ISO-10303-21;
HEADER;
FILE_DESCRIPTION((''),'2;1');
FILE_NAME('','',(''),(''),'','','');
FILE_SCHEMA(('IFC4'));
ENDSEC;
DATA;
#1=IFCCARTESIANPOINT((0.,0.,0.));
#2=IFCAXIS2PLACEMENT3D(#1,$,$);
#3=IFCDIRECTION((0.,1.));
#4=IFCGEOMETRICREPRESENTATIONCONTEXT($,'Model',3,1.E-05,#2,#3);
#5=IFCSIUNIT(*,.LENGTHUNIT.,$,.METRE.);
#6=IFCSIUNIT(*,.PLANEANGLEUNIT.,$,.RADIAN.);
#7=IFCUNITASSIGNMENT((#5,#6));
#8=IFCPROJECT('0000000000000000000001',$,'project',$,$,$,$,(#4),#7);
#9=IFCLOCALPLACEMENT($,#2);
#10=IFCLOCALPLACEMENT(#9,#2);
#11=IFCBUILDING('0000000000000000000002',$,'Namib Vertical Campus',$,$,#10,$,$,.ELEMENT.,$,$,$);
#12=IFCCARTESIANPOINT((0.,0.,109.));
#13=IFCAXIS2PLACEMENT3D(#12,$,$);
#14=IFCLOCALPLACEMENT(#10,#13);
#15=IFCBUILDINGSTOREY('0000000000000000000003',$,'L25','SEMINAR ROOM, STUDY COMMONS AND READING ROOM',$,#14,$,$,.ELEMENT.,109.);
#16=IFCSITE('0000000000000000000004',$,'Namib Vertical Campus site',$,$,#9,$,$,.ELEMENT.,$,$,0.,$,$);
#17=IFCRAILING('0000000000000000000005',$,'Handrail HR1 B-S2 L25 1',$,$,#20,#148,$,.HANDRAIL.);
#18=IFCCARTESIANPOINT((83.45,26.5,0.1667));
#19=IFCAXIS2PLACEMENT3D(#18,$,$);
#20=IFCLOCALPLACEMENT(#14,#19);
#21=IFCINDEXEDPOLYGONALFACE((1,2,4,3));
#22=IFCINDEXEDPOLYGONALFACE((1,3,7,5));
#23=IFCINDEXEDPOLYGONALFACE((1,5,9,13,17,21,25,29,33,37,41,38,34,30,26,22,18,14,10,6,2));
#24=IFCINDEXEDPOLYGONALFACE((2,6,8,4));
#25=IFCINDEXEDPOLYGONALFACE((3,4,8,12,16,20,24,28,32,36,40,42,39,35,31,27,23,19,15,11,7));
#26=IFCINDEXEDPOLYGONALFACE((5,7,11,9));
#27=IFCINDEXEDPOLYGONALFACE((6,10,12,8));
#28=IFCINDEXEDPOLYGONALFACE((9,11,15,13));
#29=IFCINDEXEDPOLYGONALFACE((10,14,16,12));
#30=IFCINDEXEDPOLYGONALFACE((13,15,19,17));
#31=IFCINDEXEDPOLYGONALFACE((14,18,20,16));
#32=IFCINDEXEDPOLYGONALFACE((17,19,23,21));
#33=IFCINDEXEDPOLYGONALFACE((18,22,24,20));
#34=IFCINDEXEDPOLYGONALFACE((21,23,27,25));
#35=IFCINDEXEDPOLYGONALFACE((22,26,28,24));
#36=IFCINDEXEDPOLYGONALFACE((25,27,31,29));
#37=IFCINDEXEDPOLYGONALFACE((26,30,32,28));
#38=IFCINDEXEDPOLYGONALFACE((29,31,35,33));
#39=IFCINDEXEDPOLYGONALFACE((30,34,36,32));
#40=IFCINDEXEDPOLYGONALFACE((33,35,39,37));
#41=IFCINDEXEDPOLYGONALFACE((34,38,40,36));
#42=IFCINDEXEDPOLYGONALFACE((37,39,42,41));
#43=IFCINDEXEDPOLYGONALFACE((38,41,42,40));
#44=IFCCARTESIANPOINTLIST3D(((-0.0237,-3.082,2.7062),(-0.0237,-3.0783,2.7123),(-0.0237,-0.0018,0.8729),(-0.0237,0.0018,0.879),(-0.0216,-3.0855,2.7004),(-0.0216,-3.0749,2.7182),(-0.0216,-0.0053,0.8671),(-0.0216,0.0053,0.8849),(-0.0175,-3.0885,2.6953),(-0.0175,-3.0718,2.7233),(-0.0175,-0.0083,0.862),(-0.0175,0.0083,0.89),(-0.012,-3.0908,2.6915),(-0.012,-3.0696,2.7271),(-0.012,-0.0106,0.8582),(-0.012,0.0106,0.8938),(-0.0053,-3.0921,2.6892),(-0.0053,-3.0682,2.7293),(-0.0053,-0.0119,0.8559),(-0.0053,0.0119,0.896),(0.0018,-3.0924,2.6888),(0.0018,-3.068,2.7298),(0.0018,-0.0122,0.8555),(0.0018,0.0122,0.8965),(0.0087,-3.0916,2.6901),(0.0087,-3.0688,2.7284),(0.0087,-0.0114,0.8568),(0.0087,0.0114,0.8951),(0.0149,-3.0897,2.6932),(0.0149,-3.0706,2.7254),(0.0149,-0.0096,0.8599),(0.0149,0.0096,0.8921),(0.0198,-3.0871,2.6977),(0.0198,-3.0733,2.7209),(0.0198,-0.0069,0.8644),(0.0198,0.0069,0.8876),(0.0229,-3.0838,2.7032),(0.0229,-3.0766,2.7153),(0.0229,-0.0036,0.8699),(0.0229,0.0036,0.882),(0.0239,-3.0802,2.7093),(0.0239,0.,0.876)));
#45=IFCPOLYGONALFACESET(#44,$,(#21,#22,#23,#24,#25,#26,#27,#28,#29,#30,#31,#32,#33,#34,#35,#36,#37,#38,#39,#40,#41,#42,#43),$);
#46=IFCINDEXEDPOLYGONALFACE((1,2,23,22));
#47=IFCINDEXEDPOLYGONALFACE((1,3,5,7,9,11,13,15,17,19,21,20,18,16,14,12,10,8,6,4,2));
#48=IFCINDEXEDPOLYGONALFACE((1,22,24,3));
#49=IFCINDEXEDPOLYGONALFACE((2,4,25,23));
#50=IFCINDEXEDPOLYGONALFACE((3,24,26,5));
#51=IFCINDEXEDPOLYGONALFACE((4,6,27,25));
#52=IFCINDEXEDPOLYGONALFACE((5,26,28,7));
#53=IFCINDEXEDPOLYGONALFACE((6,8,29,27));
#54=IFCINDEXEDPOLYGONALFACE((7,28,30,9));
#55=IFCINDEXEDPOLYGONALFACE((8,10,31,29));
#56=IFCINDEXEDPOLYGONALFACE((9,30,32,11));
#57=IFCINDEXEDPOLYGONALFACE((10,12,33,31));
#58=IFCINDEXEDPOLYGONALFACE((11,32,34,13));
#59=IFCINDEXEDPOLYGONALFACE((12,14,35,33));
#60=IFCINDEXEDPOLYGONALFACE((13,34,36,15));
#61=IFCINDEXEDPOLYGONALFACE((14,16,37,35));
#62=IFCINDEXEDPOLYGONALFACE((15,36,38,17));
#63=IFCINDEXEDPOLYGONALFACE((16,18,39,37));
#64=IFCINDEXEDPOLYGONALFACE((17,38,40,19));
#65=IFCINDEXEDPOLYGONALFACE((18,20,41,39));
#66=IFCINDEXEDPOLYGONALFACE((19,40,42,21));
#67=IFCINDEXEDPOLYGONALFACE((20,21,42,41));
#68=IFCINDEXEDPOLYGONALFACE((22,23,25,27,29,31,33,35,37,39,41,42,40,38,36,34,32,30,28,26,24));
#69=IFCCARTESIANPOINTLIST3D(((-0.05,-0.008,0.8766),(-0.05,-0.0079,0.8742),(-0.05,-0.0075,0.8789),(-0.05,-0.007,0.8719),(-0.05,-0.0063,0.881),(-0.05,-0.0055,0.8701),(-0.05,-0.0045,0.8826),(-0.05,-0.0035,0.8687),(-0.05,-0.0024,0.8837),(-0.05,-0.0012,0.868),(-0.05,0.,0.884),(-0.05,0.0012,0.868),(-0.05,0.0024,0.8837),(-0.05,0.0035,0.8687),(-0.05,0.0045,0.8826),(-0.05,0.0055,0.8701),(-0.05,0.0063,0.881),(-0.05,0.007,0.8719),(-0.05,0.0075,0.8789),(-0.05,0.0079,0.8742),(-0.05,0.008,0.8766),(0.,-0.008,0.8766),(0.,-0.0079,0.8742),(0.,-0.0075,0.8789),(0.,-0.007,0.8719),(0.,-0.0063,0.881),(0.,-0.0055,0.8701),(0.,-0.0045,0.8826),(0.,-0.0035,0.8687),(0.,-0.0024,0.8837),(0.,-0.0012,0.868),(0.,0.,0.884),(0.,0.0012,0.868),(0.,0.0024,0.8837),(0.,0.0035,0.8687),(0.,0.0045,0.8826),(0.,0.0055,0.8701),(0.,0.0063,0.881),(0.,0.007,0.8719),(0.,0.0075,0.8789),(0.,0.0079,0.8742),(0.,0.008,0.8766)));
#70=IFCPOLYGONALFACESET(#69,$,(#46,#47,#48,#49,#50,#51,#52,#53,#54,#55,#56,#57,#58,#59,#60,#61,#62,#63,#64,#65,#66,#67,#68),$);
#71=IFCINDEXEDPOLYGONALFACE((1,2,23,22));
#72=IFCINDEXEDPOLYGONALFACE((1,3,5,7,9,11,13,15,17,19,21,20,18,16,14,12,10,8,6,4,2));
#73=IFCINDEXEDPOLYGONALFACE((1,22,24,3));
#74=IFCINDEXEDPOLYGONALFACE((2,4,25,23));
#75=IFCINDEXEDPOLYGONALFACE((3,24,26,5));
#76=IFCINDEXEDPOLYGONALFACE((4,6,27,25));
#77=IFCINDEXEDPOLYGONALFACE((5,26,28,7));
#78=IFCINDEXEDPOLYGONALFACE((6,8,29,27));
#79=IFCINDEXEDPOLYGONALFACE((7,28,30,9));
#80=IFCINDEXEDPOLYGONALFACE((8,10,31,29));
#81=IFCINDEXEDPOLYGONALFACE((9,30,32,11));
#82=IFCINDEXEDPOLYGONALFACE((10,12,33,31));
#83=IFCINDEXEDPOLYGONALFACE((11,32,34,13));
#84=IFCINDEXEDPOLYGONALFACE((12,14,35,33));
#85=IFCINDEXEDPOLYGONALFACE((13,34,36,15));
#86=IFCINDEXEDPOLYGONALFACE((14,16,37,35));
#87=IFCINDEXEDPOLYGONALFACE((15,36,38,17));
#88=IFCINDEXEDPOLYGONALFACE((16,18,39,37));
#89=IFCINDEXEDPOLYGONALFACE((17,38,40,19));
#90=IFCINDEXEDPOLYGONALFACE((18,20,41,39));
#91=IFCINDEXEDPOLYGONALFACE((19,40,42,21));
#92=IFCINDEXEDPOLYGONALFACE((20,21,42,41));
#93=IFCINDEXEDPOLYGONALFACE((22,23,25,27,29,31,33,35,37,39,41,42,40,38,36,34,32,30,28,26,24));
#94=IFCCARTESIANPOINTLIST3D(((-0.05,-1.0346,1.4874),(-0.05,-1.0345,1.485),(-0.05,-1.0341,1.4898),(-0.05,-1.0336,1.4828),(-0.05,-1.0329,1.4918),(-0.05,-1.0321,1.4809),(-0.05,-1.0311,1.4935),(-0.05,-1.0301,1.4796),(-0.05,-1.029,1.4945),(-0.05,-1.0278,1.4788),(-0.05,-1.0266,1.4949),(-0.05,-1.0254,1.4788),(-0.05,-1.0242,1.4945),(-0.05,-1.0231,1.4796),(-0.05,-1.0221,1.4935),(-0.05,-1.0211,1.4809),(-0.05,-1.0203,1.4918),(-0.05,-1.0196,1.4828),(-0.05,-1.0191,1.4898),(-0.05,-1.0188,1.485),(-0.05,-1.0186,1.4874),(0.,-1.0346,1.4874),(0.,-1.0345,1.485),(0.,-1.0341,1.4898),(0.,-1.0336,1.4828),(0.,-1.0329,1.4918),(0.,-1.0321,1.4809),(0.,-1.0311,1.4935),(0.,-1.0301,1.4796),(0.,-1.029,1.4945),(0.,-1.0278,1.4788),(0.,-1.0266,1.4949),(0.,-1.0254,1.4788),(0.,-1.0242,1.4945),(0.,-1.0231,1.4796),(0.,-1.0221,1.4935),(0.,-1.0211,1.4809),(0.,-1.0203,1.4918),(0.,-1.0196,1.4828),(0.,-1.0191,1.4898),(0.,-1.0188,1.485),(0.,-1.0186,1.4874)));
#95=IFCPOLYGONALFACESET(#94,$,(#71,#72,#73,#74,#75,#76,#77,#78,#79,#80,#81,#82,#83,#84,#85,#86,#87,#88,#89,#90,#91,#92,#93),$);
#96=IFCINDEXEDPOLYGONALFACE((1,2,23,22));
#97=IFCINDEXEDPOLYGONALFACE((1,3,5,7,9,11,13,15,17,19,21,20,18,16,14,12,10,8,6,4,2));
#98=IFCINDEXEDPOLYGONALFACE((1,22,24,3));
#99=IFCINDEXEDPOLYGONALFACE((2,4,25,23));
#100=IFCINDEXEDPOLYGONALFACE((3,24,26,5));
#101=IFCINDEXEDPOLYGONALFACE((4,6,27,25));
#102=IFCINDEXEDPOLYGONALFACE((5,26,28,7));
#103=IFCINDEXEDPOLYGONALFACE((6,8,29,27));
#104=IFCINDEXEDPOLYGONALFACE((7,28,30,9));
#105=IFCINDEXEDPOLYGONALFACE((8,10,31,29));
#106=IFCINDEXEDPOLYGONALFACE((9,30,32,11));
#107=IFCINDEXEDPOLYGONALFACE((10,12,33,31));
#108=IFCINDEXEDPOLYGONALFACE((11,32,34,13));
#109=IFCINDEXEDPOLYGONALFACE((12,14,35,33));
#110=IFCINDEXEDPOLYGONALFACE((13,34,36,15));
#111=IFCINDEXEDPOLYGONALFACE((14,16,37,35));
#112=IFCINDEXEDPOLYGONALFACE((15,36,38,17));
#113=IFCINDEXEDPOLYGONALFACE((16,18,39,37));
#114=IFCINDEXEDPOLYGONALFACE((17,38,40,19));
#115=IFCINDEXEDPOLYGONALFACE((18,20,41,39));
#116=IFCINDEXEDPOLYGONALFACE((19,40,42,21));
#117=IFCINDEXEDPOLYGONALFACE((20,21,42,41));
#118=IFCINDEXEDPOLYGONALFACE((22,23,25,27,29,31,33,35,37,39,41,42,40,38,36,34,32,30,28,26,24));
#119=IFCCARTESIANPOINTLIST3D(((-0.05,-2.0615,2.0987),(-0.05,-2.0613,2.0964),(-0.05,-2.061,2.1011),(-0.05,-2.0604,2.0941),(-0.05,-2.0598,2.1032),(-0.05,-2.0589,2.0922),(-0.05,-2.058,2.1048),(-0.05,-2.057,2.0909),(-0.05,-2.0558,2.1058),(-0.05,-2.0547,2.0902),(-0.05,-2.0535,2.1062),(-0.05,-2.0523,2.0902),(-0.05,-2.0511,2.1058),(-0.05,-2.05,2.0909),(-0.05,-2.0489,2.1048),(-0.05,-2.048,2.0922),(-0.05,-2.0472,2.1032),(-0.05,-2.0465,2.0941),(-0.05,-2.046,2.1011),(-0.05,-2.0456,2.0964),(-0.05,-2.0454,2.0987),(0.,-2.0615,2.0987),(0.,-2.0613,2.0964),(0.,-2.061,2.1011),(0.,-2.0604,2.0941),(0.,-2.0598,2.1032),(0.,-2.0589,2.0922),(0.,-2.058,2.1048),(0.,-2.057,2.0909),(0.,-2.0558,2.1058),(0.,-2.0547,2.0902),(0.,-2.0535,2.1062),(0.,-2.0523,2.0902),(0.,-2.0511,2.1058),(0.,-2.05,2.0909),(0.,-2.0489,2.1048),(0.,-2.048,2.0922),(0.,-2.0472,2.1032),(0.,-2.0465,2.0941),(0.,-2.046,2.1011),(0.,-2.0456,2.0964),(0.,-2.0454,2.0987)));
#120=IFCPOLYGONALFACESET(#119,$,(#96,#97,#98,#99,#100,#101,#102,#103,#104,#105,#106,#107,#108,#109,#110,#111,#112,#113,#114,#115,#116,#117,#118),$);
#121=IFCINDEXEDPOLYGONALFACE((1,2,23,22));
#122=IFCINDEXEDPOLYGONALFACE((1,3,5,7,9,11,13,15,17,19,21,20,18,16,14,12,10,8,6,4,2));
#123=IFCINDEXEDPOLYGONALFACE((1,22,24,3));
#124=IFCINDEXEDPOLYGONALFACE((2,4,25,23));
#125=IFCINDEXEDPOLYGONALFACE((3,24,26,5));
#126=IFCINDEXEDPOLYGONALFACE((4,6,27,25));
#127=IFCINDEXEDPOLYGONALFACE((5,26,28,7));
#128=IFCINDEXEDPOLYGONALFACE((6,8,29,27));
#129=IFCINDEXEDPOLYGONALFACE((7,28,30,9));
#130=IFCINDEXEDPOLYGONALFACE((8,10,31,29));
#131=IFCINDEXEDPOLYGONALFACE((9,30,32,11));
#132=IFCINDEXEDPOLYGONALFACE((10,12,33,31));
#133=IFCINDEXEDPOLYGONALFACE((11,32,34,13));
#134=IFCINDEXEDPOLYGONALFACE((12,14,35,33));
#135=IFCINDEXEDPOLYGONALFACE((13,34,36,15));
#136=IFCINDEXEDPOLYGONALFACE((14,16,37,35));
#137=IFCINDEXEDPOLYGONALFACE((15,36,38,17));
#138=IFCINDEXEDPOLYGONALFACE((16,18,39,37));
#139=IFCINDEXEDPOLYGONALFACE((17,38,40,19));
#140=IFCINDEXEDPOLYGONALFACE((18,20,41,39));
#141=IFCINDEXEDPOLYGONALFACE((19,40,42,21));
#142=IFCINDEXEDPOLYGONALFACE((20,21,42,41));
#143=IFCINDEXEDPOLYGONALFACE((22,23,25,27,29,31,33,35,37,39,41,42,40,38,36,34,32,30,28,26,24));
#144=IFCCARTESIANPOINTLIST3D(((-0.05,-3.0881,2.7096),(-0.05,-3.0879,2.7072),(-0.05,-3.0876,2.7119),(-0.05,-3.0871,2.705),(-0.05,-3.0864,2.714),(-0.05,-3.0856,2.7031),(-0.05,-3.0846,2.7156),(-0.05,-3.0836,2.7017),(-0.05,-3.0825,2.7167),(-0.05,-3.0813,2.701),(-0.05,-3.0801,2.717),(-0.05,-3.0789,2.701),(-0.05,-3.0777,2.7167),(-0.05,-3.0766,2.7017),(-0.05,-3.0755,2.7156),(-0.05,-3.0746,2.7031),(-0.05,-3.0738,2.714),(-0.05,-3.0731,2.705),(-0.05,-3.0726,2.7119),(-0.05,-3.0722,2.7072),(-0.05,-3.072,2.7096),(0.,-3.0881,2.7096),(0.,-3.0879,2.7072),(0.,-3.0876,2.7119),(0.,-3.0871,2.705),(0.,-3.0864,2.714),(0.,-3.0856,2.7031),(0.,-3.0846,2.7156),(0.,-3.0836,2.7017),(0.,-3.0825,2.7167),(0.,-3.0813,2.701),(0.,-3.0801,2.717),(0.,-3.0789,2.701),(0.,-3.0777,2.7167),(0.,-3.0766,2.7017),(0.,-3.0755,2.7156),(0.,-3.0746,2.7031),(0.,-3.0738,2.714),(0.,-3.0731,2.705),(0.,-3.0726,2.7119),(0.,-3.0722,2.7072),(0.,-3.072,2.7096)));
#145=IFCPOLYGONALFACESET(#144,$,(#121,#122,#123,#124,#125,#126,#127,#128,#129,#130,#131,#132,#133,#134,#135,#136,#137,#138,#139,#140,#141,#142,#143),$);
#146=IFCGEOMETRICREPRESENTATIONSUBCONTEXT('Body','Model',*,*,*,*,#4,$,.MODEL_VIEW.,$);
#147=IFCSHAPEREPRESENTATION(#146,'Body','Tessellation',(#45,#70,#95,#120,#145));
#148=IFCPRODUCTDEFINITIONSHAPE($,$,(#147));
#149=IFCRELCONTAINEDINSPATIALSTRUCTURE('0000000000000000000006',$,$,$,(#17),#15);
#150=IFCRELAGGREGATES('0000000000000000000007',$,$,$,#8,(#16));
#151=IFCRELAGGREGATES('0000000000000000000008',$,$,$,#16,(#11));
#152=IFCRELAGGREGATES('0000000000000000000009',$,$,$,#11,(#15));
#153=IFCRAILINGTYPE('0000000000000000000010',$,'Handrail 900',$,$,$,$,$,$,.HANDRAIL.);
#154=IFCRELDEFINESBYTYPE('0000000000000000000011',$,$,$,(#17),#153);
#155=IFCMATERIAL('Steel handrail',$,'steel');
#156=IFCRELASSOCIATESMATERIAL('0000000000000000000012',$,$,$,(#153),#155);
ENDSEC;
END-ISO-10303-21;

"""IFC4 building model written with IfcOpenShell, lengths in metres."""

from ifc_helpers import new_model, si_unit, direction, frame, origin, origin_2d, place, context, subcontext, project, spatial, circle, extrude, material, type_object, element, save


model = new_model("IFC4")

# Units and contexts
model_context = context("Model", 3, precision=1e-05, world=origin(), true_north=direction((0.0, 1.0)))
body_context = subcontext(model_context, "Body", "Model", "MODEL_VIEW")
ifc_project = project(units=[si_unit("LENGTHUNIT", "METRE"), si_unit("PLANEANGLEUNIT", "RADIAN")], contexts=[model_context])

# Site, building, storey
site_placement = place(None, origin())
site = spatial("IfcSite", under=ifc_project, at=site_placement, Name="Namib Vertical Campus site", CompositionType="ELEMENT", RefElevation=0.0)
building_placement = place(site_placement, origin())
building = spatial("IfcBuilding", under=site, at=building_placement, Name="Namib Vertical Campus", CompositionType="ELEMENT")
storey_placement = place(building_placement, frame((0.0, 0.0, 109.0)))
storey = spatial("IfcBuildingStorey", under=building, at=storey_placement, Name="L25", Description="SEMINAR ROOM, STUDY COMMONS AND READING ROOM", CompositionType="ELEMENT", Elevation=109.0)

# Railing
ifc_material_1 = material(Name="Steel handrail", Category="steel")
railing_type_1 = type_object("IfcRailingType", Name="Handrail 900", PredefinedType="HANDRAIL", material=ifc_material_1)
railing_1_placement = place(storey_placement, frame((83.45, 26.5, 0.1667)))
element("IfcRailing", 1, at=railing_1_placement, inside=storey, type_object=railing_type_1, Name="Handrail HR1 B-S2 L25 1", PredefinedType="HANDRAIL", context=body_context, shape_type="SweptSolid", body=[
    extrude(circle(Radius=0.0239, at=origin_2d()), frame((0.0, 0.0, 0.876), z_axis=(0.0, -0.859309, 0.511458), x_axis=(1.0, 0.0, 0.0)), (0.0, 0.0, 1.0), 3.5845),
    extrude(circle(Radius=0.0081, at=origin_2d()), frame((0.0, 0.0, 0.876), z_axis=(-1.0, 0.0, 0.0), x_axis=(0.0, 0.0, 1.0)), (0.0, 0.0, 1.0), 0.05),
    extrude(circle(Radius=0.0081, at=origin_2d()), frame((0.0, -1.0266, 1.4868), z_axis=(-1.0, 0.0, 0.0), x_axis=(0.0, 0.0, 1.0)), (0.0, 0.0, 1.0), 0.05),
    extrude(circle(Radius=0.0081, at=origin_2d()), frame((0.0, -2.0535, 2.0981), z_axis=(-1.0, 0.0, 0.0), x_axis=(0.0, 0.0, 1.0)), (0.0, 0.0, 1.0), 0.05),
    extrude(circle(Radius=0.0081, at=origin_2d()), frame((0.0, -3.0801, 2.709), z_axis=(-1.0, 0.0, 0.0), x_axis=(0.0, 0.0, 1.0)), (0.0, 0.0, 1.0), 0.05),
])

save(model, "model.ifc")
